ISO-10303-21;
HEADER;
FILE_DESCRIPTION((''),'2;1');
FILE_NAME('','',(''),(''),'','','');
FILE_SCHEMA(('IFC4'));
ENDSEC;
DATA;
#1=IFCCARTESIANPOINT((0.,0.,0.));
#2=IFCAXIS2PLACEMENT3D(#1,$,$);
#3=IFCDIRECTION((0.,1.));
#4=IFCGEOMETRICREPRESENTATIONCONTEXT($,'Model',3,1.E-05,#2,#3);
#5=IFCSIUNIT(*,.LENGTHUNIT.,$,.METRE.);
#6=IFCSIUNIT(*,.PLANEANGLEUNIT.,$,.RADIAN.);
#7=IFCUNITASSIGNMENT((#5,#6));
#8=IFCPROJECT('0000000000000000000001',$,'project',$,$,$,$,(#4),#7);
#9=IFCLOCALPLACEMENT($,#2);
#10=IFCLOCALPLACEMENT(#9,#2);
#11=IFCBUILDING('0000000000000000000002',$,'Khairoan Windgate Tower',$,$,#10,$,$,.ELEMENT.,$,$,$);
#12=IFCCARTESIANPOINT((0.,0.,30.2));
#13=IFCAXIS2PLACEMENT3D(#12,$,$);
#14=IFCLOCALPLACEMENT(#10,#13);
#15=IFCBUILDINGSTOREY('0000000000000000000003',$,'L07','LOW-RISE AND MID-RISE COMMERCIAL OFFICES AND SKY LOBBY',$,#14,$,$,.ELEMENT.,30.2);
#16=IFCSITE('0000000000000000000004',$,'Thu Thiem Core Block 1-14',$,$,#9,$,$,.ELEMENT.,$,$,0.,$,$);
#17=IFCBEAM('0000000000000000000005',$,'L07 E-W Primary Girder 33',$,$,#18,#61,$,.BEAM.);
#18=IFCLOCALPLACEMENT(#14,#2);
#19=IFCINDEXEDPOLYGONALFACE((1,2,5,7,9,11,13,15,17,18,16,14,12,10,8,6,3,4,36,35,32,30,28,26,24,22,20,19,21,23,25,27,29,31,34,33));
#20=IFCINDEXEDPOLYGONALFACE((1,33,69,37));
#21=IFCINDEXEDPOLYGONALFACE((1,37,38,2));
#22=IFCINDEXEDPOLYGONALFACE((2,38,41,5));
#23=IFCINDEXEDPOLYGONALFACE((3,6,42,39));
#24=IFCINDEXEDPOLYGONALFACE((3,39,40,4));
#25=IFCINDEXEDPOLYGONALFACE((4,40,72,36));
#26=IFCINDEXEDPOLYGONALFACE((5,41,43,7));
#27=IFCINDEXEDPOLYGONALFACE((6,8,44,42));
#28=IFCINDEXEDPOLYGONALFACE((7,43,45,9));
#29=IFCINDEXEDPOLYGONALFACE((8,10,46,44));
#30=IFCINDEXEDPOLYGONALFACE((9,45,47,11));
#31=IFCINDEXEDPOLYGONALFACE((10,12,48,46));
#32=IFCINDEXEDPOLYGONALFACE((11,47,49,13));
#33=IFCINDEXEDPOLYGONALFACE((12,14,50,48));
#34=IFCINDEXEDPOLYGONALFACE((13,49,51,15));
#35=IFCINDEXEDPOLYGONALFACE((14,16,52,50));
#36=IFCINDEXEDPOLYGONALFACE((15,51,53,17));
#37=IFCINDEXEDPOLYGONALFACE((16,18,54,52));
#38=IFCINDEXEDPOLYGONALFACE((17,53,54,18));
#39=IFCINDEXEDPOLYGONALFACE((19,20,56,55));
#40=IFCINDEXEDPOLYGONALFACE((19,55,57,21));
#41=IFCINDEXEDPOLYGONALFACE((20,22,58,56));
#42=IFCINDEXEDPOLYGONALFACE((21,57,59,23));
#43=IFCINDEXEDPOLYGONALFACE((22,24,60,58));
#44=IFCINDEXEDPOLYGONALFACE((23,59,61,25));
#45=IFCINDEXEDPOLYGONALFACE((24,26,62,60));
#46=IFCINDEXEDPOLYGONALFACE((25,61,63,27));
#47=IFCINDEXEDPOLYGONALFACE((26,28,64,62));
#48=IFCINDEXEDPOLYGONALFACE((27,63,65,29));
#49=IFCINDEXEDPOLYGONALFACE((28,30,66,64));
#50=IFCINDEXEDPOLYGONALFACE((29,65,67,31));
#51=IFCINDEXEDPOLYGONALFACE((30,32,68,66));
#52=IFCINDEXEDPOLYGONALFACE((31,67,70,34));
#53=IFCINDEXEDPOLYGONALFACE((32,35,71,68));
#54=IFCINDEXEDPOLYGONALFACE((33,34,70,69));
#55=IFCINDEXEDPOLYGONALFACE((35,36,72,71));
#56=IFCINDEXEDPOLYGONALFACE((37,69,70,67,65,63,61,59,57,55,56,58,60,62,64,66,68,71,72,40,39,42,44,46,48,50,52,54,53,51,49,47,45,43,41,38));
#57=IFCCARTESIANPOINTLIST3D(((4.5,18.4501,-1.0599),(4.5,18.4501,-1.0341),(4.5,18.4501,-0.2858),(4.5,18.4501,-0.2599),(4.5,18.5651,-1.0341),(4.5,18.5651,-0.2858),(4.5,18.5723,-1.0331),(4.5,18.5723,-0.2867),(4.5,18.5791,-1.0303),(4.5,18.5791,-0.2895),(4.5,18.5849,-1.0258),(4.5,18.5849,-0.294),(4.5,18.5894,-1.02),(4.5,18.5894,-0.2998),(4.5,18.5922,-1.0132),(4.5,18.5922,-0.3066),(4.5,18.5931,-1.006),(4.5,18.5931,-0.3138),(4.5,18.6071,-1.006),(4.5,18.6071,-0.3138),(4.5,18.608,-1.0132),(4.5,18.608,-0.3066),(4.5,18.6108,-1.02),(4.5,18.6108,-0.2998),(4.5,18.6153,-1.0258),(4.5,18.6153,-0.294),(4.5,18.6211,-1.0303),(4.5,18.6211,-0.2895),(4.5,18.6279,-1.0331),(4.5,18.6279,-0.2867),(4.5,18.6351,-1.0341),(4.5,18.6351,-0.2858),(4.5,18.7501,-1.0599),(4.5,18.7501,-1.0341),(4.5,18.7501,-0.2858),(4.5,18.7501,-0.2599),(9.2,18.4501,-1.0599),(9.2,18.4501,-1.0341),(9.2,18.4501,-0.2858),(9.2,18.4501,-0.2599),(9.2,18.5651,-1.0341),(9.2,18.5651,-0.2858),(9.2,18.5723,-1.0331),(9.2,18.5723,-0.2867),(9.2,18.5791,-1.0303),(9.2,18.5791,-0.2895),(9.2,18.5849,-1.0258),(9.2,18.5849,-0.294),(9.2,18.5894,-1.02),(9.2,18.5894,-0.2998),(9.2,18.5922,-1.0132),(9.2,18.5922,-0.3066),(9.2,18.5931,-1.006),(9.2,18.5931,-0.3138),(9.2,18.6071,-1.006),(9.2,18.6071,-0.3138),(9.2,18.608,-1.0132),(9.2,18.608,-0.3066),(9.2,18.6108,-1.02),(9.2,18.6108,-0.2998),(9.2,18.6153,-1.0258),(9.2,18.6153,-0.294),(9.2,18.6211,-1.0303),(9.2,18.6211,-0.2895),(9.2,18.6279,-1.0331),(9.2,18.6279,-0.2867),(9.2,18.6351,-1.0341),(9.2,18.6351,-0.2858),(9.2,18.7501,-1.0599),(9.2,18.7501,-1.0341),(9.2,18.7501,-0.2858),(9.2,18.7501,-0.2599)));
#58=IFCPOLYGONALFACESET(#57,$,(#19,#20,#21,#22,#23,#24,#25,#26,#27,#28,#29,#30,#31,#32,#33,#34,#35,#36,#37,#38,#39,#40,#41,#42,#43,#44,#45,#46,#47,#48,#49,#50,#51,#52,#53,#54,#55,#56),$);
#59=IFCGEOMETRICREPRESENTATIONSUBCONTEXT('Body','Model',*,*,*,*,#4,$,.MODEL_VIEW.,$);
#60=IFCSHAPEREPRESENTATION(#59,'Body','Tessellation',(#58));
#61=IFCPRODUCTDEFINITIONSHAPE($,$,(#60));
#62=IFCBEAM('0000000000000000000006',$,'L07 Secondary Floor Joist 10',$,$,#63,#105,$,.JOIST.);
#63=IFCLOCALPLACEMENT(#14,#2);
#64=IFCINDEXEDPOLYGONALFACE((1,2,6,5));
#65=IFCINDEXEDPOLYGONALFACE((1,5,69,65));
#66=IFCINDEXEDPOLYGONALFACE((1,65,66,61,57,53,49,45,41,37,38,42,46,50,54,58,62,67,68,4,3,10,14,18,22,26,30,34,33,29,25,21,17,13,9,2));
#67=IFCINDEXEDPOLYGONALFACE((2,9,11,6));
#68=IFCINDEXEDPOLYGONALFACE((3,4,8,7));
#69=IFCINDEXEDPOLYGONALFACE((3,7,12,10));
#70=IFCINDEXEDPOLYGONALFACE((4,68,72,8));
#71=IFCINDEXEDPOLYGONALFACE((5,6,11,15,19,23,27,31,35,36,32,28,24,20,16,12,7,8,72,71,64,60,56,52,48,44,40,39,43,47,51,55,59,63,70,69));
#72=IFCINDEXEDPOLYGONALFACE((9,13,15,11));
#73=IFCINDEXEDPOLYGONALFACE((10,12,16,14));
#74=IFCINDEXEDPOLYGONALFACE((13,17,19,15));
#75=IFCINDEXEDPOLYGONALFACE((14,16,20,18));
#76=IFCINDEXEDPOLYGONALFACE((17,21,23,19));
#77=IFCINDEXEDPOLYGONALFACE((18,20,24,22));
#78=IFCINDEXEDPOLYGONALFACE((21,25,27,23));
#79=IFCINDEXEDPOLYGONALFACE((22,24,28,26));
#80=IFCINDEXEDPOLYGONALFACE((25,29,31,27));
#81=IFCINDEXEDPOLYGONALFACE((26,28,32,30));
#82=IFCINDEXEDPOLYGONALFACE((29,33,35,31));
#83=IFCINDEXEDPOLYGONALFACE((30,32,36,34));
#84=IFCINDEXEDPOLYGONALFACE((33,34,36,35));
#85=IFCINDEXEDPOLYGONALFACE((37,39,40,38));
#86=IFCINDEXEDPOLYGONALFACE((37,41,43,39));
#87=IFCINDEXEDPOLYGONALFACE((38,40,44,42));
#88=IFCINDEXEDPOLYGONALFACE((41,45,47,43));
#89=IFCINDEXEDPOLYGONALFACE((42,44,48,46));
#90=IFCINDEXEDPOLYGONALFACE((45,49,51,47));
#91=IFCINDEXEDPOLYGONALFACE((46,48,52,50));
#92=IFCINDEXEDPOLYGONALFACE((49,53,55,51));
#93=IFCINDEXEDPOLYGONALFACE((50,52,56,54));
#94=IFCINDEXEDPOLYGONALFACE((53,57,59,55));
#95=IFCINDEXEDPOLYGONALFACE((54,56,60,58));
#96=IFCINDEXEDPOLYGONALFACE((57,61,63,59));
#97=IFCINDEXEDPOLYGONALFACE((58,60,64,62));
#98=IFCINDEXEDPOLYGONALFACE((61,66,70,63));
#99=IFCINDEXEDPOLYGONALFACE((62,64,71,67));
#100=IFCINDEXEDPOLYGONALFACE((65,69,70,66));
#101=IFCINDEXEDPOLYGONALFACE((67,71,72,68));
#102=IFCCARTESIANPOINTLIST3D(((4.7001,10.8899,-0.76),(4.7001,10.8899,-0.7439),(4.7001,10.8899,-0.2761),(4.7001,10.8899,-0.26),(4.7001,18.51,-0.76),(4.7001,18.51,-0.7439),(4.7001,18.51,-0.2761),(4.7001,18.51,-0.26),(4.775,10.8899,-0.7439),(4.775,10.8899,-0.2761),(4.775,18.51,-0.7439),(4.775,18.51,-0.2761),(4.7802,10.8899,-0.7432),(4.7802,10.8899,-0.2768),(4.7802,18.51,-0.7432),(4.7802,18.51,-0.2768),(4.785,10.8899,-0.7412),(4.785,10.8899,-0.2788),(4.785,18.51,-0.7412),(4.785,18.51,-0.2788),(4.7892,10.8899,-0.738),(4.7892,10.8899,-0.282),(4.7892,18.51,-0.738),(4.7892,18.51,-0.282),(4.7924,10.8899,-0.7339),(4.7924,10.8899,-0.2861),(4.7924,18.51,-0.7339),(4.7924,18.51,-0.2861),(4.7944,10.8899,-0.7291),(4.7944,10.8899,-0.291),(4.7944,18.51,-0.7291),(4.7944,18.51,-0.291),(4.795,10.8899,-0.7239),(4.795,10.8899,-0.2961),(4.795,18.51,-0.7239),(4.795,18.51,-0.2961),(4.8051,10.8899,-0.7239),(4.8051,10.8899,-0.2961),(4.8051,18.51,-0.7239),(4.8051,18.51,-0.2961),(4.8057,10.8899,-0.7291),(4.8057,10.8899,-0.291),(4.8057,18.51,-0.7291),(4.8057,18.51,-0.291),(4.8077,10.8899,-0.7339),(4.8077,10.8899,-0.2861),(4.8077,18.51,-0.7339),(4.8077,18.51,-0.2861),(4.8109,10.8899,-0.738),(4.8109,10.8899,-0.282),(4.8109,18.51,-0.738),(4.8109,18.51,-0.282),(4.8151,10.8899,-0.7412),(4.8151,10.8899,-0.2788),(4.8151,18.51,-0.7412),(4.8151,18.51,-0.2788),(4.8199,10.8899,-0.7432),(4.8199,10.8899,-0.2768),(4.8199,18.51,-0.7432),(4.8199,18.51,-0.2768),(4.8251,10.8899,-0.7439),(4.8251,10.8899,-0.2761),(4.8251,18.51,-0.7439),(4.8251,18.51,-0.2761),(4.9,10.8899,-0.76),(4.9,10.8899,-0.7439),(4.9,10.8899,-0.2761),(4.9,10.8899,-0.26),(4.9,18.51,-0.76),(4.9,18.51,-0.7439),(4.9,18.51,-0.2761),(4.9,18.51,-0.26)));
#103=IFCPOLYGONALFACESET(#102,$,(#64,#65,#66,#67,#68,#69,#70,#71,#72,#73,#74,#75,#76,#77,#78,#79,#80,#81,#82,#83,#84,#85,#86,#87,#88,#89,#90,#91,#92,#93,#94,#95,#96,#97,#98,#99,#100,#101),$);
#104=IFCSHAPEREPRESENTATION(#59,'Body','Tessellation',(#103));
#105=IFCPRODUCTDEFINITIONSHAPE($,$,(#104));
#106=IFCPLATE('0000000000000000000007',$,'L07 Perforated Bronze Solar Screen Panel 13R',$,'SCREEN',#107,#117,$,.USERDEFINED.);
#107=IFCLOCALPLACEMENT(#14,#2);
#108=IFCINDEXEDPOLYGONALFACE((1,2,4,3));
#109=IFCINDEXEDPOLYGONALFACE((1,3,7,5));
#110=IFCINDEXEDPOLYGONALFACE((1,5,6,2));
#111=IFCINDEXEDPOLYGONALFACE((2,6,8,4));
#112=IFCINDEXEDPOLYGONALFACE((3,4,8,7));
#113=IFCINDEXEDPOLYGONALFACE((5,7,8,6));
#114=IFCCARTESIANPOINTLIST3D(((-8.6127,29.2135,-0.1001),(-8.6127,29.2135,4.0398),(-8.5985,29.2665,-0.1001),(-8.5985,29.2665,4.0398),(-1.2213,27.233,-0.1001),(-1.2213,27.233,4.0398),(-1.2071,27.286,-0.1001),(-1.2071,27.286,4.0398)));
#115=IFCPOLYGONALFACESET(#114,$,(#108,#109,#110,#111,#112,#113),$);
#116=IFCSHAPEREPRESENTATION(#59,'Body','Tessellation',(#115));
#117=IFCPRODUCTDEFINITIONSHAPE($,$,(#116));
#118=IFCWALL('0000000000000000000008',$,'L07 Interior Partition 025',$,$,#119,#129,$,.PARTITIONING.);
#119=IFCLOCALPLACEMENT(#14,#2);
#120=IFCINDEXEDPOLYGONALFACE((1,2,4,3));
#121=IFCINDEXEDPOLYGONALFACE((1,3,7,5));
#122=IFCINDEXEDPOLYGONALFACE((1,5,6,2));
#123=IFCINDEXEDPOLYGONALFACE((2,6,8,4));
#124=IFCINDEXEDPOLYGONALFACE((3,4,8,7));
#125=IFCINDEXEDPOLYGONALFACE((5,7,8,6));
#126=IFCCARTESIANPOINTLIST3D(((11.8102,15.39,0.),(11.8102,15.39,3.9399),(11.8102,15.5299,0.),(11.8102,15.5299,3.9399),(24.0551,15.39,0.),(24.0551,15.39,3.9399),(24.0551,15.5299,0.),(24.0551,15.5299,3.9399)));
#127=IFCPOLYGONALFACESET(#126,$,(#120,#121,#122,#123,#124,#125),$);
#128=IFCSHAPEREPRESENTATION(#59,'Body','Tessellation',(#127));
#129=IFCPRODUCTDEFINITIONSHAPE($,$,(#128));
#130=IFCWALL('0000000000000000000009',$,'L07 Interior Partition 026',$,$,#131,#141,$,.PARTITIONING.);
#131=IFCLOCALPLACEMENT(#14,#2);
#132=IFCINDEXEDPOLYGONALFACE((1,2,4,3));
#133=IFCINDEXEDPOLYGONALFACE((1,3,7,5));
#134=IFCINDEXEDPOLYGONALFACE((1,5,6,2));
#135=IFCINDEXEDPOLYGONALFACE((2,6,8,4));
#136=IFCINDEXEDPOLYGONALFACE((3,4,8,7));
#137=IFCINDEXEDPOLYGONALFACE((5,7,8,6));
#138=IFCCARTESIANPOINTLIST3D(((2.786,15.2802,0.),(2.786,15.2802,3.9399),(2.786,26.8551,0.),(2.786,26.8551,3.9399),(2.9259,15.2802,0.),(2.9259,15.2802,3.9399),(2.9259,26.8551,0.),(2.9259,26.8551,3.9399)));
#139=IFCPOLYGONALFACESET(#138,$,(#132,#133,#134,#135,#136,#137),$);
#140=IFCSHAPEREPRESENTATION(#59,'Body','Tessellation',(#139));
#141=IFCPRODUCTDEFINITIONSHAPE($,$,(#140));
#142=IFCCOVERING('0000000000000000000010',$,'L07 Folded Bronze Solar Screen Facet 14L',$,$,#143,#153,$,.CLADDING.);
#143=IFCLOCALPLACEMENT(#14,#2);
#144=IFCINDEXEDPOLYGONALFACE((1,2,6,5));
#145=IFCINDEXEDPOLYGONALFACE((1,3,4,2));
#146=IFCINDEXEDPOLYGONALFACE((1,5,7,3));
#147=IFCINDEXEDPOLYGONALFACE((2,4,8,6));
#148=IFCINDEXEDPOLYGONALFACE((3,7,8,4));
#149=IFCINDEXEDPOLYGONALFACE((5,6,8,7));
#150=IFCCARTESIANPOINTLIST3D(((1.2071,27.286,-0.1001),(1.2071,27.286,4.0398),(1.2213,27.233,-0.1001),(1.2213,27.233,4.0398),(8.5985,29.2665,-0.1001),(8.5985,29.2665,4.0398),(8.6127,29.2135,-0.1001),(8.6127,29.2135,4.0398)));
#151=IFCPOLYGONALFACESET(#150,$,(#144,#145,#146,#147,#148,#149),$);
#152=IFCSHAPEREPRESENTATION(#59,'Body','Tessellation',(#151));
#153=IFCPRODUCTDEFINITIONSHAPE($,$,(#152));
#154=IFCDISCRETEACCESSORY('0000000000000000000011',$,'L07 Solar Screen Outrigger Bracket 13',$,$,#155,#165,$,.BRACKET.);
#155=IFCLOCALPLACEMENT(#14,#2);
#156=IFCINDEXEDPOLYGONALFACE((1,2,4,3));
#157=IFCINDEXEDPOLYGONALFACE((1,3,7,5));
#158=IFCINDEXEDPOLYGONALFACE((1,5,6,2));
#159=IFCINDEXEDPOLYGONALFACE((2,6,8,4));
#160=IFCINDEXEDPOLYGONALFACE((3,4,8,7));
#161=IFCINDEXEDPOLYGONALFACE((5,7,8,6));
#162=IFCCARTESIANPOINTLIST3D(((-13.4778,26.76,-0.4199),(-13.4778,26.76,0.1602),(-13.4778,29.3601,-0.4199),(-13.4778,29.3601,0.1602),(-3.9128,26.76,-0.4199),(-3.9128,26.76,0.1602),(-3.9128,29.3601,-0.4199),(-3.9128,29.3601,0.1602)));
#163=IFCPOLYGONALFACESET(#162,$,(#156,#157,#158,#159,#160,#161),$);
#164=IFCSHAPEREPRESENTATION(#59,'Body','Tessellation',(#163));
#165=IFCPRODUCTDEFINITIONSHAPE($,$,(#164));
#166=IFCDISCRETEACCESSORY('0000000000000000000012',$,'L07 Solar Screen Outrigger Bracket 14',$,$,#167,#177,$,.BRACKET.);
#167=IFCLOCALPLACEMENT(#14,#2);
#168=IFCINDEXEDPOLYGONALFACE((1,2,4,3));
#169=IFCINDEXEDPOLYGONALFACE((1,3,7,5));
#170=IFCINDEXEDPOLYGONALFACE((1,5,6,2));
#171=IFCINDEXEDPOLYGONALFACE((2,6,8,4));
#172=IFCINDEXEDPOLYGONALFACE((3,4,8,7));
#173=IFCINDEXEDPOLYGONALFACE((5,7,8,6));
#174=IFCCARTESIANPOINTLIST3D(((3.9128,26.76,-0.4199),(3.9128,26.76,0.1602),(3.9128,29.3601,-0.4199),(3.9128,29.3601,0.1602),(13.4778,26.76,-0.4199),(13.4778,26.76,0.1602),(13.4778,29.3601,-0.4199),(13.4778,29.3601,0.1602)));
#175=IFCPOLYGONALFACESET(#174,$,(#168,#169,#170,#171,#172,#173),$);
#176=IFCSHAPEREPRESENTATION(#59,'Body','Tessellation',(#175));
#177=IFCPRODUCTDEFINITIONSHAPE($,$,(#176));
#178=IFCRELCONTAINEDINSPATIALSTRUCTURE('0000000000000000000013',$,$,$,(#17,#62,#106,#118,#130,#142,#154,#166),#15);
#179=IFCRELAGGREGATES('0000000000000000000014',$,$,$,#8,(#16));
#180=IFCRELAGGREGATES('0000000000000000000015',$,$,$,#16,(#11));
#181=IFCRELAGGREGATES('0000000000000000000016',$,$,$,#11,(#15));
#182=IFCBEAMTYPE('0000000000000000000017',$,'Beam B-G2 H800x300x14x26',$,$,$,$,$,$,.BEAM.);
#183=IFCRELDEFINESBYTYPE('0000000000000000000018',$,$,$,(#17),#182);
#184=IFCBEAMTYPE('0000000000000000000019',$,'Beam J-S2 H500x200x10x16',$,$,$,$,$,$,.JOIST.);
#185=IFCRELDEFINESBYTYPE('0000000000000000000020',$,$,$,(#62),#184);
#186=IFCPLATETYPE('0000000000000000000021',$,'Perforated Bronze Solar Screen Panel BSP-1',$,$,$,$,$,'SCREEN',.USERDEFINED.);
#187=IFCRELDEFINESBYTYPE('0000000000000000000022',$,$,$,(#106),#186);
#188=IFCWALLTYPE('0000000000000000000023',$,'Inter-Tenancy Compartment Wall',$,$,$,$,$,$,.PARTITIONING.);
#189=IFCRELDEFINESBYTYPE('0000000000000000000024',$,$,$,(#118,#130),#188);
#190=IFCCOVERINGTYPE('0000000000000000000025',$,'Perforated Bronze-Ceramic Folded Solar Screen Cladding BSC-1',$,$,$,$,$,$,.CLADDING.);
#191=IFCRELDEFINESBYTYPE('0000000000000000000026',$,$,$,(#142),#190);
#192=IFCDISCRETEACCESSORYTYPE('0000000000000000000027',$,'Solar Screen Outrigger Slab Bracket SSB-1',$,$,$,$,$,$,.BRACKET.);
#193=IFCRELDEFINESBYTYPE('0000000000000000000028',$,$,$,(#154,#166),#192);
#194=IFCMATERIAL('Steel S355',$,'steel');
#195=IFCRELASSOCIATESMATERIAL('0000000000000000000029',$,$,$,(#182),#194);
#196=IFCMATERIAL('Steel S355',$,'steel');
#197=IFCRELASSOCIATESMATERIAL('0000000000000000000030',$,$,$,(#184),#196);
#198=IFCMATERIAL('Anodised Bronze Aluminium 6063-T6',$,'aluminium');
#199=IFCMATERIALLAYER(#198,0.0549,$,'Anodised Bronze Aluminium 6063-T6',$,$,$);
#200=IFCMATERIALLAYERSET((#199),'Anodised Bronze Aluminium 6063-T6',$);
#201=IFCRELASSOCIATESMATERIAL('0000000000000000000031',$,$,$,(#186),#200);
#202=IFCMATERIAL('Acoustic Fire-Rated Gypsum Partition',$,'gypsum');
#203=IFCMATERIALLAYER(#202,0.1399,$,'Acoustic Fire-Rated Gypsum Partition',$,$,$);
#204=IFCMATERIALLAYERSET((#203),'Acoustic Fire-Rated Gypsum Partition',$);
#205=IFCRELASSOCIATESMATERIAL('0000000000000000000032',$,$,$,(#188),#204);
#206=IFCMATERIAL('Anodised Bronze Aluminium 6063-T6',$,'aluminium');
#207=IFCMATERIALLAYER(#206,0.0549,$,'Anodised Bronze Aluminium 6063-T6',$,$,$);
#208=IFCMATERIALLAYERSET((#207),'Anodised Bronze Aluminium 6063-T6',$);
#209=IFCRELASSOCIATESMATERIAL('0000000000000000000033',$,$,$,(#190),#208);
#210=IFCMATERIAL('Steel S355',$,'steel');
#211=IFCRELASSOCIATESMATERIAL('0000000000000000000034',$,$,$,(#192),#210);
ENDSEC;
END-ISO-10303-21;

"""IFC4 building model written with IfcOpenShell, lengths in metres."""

from ifc_helpers import new_model, si_unit, direction, frame, frame_2d, origin, origin_2d, place, context, subcontext, project, spatial, rectangle, i_section, extrude, material, layer, layer_set, material_profile, profile_set, type_object, element, save


model = new_model("IFC4")

# Units and contexts
model_context = context("Model", 3, precision=1e-05, world=origin(), true_north=direction((0.0, 1.0)))
body_context = subcontext(model_context, "Body", "Model", "MODEL_VIEW")
ifc_project = project(units=[si_unit("LENGTHUNIT", "METRE"), si_unit("PLANEANGLEUNIT", "RADIAN")], contexts=[model_context])

# Site, building, storey
site_placement = place(None, origin())
site = spatial("IfcSite", under=ifc_project, at=site_placement, Name="Thu Thiem Core Block 1-14", CompositionType="ELEMENT", RefElevation=0.0)
building_placement = place(site_placement, origin())
building = spatial("IfcBuilding", under=site, at=building_placement, Name="Khairoan Windgate Tower", CompositionType="ELEMENT")
storey_placement = place(building_placement, frame((0.0, 0.0, 30.2)))
storey = spatial("IfcBuildingStorey", under=building, at=storey_placement, Name="L07", Description="LOW-RISE AND MID-RISE COMMERCIAL OFFICES AND SKY LOBBY", CompositionType="ELEMENT", Elevation=30.2)

# Beams
ifc_material_1 = material(Name="Steel S355", Category="steel")
ifc_material_profile_1 = material_profile(ifc_material_1, i_section(OverallWidth=0.3, OverallDepth=0.8, WebThickness=0.0139, FlangeThickness=0.0259, FilletRadius=0.0281, at=origin_2d()))
ifc_profile_set_1 = profile_set([ifc_material_profile_1], Name="Steel S355")
beam_type_1 = type_object("IfcBeamType", Name="Beam B-G2 H800x300x14x26", PredefinedType="BEAM", material=ifc_profile_set_1)
beam_1_placement = place(storey_placement, frame((4.5, 18.6001, -0.6599), z_axis=(1.0, 0.0, 0.0), x_axis=(0.0, 1.0, 0.0)))
element("IfcBeam", 1, at=beam_1_placement, inside=storey, type_object=beam_type_1, Name="L07 E-W Primary Girder 33", PredefinedType="BEAM", context=body_context, shape_type="SweptSolid", body=[
    extrude(i_section(OverallWidth=0.3, OverallDepth=0.8, WebThickness=0.0139, FlangeThickness=0.0259, FilletRadius=0.0281, at=origin_2d()), origin(), (0.0, 0.0, 1.0), 4.7),
])
ifc_material_2 = material(Name="Steel S355", Category="steel")
ifc_material_profile_2 = material_profile(ifc_material_2, i_section(OverallWidth=0.2, OverallDepth=0.5, WebThickness=0.01, FlangeThickness=0.0161, FilletRadius=0.02, at=origin_2d()))
ifc_profile_set_2 = profile_set([ifc_material_profile_2], Name="Steel S355")
beam_type_2 = type_object("IfcBeamType", Name="Beam J-S2 H500x200x10x16", PredefinedType="JOIST", material=ifc_profile_set_2)
beam_2_placement = place(storey_placement, frame((4.8, 10.8899, -0.51), z_axis=(0.0, 1.0, 0.0), x_axis=(-1.0, 0.0, 0.0)))
element("IfcBeam", 2, at=beam_2_placement, inside=storey, type_object=beam_type_2, Name="L07 Secondary Floor Joist 10", PredefinedType="JOIST", context=body_context, shape_type="SweptSolid", body=[
    extrude(i_section(OverallWidth=0.2, OverallDepth=0.5, WebThickness=0.01, FlangeThickness=0.0161, FilletRadius=0.02, at=origin_2d()), origin(), (0.0, 0.0, 1.0), 7.6201),
])

# Plate
ifc_material_3 = material(Name="Anodised Bronze Aluminium 6063-T6", Category="aluminium")
ifc_layer_1 = layer(ifc_material_3, 0.0549, Name="Anodised Bronze Aluminium 6063-T6")
ifc_layer_set_1 = layer_set([ifc_layer_1], Name="Anodised Bronze Aluminium 6063-T6")
plate_type = type_object("IfcPlateType", Name="Perforated Bronze Solar Screen Panel BSP-1", ElementType="SCREEN", PredefinedType="USERDEFINED", material=ifc_layer_set_1)
plate_placement = place(storey_placement, frame((-4.9099, 28.2498, -0.1001), z_axis=(0.0, 0.0, 1.0), x_axis=(0.965926, -0.258819, 0.0)))
element("IfcPlate", 3, at=plate_placement, inside=storey, type_object=plate_type, Name="L07 Perforated Bronze Solar Screen Panel 13R", ObjectType="SCREEN", PredefinedType="USERDEFINED", context=body_context, shape_type="SweptSolid", body=[
    extrude(rectangle(XDim=7.6521, YDim=0.0549, at=origin_2d()), origin(), (0.0, 0.0, 1.0), 4.1399),
])

# Walls
ifc_material_4 = material(Name="Acoustic Fire-Rated Gypsum Partition", Category="gypsum")
ifc_layer_2 = layer(ifc_material_4, 0.1399, Name="Acoustic Fire-Rated Gypsum Partition")
ifc_layer_set_2 = layer_set([ifc_layer_2], Name="Acoustic Fire-Rated Gypsum Partition")
wall_type_1 = type_object("IfcWallType", Name="Inter-Tenancy Compartment Wall", PredefinedType="PARTITIONING", material=ifc_layer_set_2)
wall_1_placement = place(storey_placement, frame((11.8101, 15.46, 0.0), z_axis=(0.0, 0.0, 1.0), x_axis=(1.0, 0.0, 0.0)))
element("IfcWall", 4, at=wall_1_placement, inside=storey, type_object=wall_type_1, Name="L07 Interior Partition 025", PredefinedType="PARTITIONING", context=body_context, shape_type="SweptSolid", body=[
    extrude(rectangle(XDim=12.2449, YDim=0.1399, at=frame_2d((6.1226, 0.0))), origin(), (0.0, 0.0, 1.0), 3.9399),
])
wall_2_placement = place(storey_placement, frame((2.856, 15.28, 0.0), z_axis=(0.0, 0.0, 1.0), x_axis=(0.0, 1.0, 0.0)))
element("IfcWall", 5, at=wall_2_placement, inside=storey, type_object=wall_type_1, Name="L07 Interior Partition 026", PredefinedType="PARTITIONING", context=body_context, shape_type="SweptSolid", body=[
    extrude(rectangle(XDim=11.575, YDim=0.1399, at=frame_2d((5.7876, 0.0))), origin(), (0.0, 0.0, 1.0), 3.9399),
])

# Covering
ifc_material_5 = material(Name="Anodised Bronze Aluminium 6063-T6", Category="aluminium")
ifc_layer_3 = layer(ifc_material_5, 0.0549, Name="Anodised Bronze Aluminium 6063-T6")
ifc_layer_set_3 = layer_set([ifc_layer_3], Name="Anodised Bronze Aluminium 6063-T6")
covering_type = type_object("IfcCoveringType", Name="Perforated Bronze-Ceramic Folded Solar Screen Cladding BSC-1", PredefinedType="CLADDING", material=ifc_layer_set_3)
covering_placement = place(storey_placement, frame((4.9099, 28.2498, -0.1001), z_axis=(0.0, 0.0, 1.0), x_axis=(0.965926, 0.258819, 0.0)))
element("IfcCovering", 6, at=covering_placement, inside=storey, type_object=covering_type, Name="L07 Folded Bronze Solar Screen Facet 14L", PredefinedType="CLADDING", context=body_context, shape_type="SweptSolid", body=[
    extrude(rectangle(XDim=7.6521, YDim=0.0549, at=origin_2d()), origin(), (0.0, 0.0, 1.0), 4.1399),
])

# Discrete accessories
ifc_material_6 = material(Name="Steel S355", Category="steel")
discrete_accessory_type = type_object("IfcDiscreteAccessoryType", Name="Solar Screen Outrigger Slab Bracket SSB-1", PredefinedType="BRACKET", material=ifc_material_6)
for number, where, z_axis, x_axis, name in (
    (7, (-8.6953, 28.0601, -0.4199), (0.0, 0.0, 1.0), (1.0, 0.0, 0.0), "L07 Solar Screen Outrigger Bracket 13"),
    (8, (8.6953, 28.0601, -0.4199), (0.0, 0.0, 1.0), (1.0, 0.0, 0.0), "L07 Solar Screen Outrigger Bracket 14"),
):
    element("IfcDiscreteAccessory", number, at=place(storey_placement, frame(where, z_axis=z_axis, x_axis=x_axis)), inside=storey, type_object=discrete_accessory_type, Name=name, PredefinedType="BRACKET", context=body_context, shape_type="SweptSolid", body=[
        extrude(rectangle(XDim=9.5649, YDim=2.6001, at=origin_2d()), origin(), (0.0, 0.0, 1.0), 0.5801),
    ])

save(model, "model.ifc")
